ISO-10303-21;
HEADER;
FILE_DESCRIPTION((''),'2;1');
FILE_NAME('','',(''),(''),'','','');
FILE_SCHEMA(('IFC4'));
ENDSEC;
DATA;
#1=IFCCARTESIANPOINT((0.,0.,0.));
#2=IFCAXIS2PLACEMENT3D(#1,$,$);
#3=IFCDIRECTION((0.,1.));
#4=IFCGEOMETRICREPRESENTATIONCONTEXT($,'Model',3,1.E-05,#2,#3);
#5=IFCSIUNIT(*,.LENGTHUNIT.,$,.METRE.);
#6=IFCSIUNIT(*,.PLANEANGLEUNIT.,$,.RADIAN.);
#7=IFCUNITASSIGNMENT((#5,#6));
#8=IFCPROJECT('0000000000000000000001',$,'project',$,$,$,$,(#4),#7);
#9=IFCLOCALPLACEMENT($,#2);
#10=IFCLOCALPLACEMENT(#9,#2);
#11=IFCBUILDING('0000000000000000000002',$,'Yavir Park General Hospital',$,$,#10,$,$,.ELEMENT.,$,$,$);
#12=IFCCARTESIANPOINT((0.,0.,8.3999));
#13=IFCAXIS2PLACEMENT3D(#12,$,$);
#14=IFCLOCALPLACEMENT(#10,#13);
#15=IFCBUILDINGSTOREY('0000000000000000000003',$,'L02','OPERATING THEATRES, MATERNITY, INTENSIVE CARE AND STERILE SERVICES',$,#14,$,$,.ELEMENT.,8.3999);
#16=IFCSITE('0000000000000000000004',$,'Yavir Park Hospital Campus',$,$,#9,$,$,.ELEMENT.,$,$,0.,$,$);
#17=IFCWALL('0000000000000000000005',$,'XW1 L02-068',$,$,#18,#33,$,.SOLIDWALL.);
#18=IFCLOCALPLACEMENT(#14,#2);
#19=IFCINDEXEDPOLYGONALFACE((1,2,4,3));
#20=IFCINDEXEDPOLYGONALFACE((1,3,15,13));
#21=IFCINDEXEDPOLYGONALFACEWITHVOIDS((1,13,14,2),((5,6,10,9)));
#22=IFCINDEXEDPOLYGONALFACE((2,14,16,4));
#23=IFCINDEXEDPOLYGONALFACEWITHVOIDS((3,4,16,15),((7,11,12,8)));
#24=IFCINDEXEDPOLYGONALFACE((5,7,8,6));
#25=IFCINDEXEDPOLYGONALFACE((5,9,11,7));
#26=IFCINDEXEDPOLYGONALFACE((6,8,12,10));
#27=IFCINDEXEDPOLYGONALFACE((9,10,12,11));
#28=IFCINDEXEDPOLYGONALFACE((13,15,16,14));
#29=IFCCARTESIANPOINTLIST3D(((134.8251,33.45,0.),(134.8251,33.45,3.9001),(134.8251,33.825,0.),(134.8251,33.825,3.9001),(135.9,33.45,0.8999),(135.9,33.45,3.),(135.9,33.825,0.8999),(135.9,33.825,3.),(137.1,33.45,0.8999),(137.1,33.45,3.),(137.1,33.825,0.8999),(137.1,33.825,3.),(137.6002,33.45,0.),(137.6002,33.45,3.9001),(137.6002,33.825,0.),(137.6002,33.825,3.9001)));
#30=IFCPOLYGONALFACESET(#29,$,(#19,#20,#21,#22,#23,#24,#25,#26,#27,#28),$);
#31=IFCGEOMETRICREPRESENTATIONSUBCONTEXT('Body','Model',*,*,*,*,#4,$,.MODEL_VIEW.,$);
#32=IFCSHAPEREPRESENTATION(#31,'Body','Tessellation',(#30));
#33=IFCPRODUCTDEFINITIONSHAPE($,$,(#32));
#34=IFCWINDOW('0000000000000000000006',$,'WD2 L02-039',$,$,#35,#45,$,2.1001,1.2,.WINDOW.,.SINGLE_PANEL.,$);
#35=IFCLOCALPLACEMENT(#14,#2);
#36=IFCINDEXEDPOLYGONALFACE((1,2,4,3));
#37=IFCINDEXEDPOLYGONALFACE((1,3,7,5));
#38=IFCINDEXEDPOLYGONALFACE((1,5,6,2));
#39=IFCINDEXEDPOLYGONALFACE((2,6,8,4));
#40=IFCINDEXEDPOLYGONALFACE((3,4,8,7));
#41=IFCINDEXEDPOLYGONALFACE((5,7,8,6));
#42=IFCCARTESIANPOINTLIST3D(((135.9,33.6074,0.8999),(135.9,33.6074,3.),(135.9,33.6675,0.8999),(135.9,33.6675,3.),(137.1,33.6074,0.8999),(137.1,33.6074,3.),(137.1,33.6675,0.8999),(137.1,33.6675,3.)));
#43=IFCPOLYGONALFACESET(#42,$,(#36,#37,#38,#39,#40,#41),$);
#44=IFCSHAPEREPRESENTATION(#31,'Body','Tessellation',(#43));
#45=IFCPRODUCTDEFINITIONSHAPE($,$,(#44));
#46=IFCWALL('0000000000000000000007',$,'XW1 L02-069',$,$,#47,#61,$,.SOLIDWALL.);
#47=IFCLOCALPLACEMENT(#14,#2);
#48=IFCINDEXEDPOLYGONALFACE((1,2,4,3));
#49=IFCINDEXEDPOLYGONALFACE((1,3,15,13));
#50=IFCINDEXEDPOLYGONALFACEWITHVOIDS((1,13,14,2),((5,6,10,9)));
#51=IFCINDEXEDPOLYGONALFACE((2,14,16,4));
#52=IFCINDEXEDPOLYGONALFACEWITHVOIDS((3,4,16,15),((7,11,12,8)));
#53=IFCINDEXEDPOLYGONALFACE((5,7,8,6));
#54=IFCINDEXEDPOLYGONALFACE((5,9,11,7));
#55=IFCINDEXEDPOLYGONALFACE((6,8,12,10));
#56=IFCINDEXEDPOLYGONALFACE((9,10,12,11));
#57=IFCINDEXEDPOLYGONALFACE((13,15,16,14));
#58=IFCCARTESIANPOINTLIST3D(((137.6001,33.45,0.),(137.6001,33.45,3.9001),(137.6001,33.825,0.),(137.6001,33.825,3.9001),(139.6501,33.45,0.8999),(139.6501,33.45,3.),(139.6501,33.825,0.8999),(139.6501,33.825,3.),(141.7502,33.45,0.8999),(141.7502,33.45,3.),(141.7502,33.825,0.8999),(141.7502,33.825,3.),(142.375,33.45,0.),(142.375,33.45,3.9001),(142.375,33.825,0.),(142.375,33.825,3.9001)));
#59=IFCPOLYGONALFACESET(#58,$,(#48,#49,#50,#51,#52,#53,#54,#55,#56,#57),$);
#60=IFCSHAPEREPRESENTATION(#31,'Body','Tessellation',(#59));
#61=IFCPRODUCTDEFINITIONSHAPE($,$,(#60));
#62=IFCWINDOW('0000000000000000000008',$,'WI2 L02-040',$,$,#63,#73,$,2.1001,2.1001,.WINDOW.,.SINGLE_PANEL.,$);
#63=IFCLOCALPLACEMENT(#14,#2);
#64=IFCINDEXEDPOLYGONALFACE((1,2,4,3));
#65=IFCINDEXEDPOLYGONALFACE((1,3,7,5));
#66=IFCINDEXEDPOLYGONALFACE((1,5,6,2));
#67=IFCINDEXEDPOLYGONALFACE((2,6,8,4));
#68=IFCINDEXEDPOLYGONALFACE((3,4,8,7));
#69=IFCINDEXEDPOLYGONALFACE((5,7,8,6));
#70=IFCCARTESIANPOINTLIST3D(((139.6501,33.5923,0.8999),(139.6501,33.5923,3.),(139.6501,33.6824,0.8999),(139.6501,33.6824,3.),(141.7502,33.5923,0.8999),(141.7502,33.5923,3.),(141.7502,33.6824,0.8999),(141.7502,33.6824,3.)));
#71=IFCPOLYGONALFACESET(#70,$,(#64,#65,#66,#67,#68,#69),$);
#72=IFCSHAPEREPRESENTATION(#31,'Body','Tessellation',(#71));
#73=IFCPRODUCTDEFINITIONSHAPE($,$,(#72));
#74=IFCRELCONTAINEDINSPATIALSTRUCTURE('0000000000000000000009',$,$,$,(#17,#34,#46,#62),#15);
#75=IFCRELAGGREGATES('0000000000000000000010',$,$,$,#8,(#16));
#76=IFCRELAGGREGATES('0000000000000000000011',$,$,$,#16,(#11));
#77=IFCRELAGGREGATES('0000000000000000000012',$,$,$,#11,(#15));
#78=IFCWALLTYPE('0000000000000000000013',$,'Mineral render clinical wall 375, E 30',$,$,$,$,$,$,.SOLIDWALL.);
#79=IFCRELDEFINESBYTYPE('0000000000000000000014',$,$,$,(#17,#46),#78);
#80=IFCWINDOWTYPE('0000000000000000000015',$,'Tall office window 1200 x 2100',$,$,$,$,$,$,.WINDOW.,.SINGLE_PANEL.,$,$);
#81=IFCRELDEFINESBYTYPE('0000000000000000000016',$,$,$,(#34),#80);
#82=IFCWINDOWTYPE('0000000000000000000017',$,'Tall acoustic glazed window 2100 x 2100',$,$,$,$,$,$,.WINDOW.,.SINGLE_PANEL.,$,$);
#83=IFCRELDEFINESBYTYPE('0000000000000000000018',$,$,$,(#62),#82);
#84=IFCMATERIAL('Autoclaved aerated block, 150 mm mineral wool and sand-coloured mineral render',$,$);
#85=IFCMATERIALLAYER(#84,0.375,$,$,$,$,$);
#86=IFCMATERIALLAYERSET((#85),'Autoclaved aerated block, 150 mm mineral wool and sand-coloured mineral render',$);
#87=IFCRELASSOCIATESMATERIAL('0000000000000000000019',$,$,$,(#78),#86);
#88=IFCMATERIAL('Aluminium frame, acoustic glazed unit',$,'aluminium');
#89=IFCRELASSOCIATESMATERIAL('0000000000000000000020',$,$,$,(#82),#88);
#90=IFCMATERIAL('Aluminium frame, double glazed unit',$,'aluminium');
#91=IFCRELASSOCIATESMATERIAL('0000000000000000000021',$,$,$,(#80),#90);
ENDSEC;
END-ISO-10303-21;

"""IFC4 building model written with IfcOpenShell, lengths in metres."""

from ifc_helpers import new_model, si_unit, direction, frame, frame_2d, origin, place, context, subcontext, project, spatial, rectangle, extrude, material, layer, layer_set, type_object, element, fill, save


model = new_model("IFC4")

# Units and contexts
model_context = context("Model", 3, precision=1e-05, world=origin(), true_north=direction((0.0, 1.0)))
body_context = subcontext(model_context, "Body", "Model", "MODEL_VIEW")
ifc_project = project(units=[si_unit("LENGTHUNIT", "METRE"), si_unit("PLANEANGLEUNIT", "RADIAN")], contexts=[model_context])

# Site, building, storey
site_placement = place(None, origin())
site = spatial("IfcSite", under=ifc_project, at=site_placement, Name="Yavir Park Hospital Campus", CompositionType="ELEMENT", RefElevation=0.0)
building_placement = place(site_placement, origin())
building = spatial("IfcBuilding", under=site, at=building_placement, Name="Yavir Park General Hospital", CompositionType="ELEMENT")
storey_placement = place(building_placement, frame((0.0, 0.0, 8.3999)))
storey = spatial("IfcBuildingStorey", under=building, at=storey_placement, Name="L02", Description="OPERATING THEATRES, MATERNITY, INTENSIVE CARE AND STERILE SERVICES", CompositionType="ELEMENT", Elevation=8.3999)

# Shared definitions
ifc_material_1 = material(Name="Autoclaved aerated block, 150 mm mineral wool and sand-coloured mineral render")
ifc_layer_1 = layer(ifc_material_1, 0.375)
ifc_layer_set_1 = layer_set([ifc_layer_1], Name="Autoclaved aerated block, 150 mm mineral wool and sand-coloured mineral render")
wall_type_1 = type_object("IfcWallType", Name="Mineral render clinical wall 375, E 30", PredefinedType="SOLIDWALL", material=ifc_layer_set_1)

# Shared definitions
ifc_material_2 = material(Name="Aluminium frame, acoustic glazed unit", Category="aluminium")
window_type_1 = type_object("IfcWindowType", Name="Tall acoustic glazed window 2100 x 2100", PartitioningType="SINGLE_PANEL", PredefinedType="WINDOW", material=ifc_material_2)

# Walls, openings, windows
wall_1_placement = place(storey_placement, frame((134.825, 33.6375, 0.0), z_axis=(0.0, 0.0, 1.0), x_axis=(1.0, 0.0, 0.0)))
wall_1 = element("IfcWall", 1, at=wall_1_placement, inside=storey, type_object=wall_type_1, Name="XW1 L02-068", PredefinedType="SOLIDWALL", context=body_context, shape_type="SweptSolid", body=[
    extrude(rectangle(XDim=2.7751, YDim=0.375, at=frame_2d((1.3877, 0.0))), origin(), (0.0, 0.0, 1.0), 3.9001),
])
opening_1_placement = place(wall_1_placement, frame((1.075, 0.0, 0.8999)))
opening_1 = element("IfcOpeningElement", 2, at=opening_1_placement, cuts=wall_1, PredefinedType="OPENING", context=body_context, shape_type="SweptSolid", body=[
    extrude(rectangle(XDim=1.2, YDim=2.1001, at=frame_2d((0.6001, 1.05))), frame((0.0, 0.1975, 0.0), z_axis=(0.0, -1.0, 0.0), x_axis=(1.0, 0.0, 0.0)), (0.0, 0.0, 1.0), 0.395),
])
ifc_material_3 = material(Name="Aluminium frame, double glazed unit", Category="aluminium")
window_type_2 = type_object("IfcWindowType", Name="Tall office window 1200 x 2100", PartitioningType="SINGLE_PANEL", PredefinedType="WINDOW", material=ifc_material_3)
window_1_placement = place(opening_1_placement, origin())
window_1 = element("IfcWindow", 3, at=window_1_placement, inside=storey, type_object=window_type_2, Name="WD2 L02-039", OverallHeight=2.1001, OverallWidth=1.2, PartitioningType="SINGLE_PANEL", PredefinedType="WINDOW", context=body_context, shape_type="SweptSolid", body=[
    extrude(rectangle(XDim=1.2, YDim=2.1001, at=frame_2d((0.6001, 1.05))), frame((0.0, 0.03, 0.0), z_axis=(0.0, -1.0, 0.0), x_axis=(1.0, 0.0, 0.0)), (0.0, 0.0, 1.0), 0.0601),
])
fill(opening_1, window_1)
wall_2_placement = place(storey_placement, frame((137.6001, 33.6375, 0.0), z_axis=(0.0, 0.0, 1.0), x_axis=(1.0, 0.0, 0.0)))
wall_2 = element("IfcWall", 4, at=wall_2_placement, inside=storey, type_object=wall_type_1, Name="XW1 L02-069", PredefinedType="SOLIDWALL", context=body_context, shape_type="SweptSolid", body=[
    extrude(rectangle(XDim=4.7749, YDim=0.375, at=frame_2d((2.3875, 0.0))), origin(), (0.0, 0.0, 1.0), 3.9001),
])
opening_2_placement = place(wall_2_placement, frame((2.05, 0.0, 0.8999)))
opening_2 = element("IfcOpeningElement", 5, at=opening_2_placement, cuts=wall_2, PredefinedType="OPENING", context=body_context, shape_type="SweptSolid", body=[
    extrude(rectangle(XDim=2.1001, YDim=2.1001, at=frame_2d((1.05, 1.05))), frame((0.0, 0.1975, 0.0), z_axis=(0.0, -1.0, 0.0), x_axis=(1.0, 0.0, 0.0)), (0.0, 0.0, 1.0), 0.395),
])
window_2_placement = place(opening_2_placement, origin())
window_2 = element("IfcWindow", 6, at=window_2_placement, inside=storey, type_object=window_type_1, Name="WI2 L02-040", OverallHeight=2.1001, OverallWidth=2.1001, PartitioningType="SINGLE_PANEL", PredefinedType="WINDOW", context=body_context, shape_type="SweptSolid", body=[
    extrude(rectangle(XDim=2.1001, YDim=2.1001, at=frame_2d((1.05, 1.05))), frame((0.0, 0.0449, 0.0), z_axis=(0.0, -1.0, 0.0), x_axis=(1.0, 0.0, 0.0)), (0.0, 0.0, 1.0), 0.0901),
])
fill(opening_2, window_2)

save(model, "model.ifc")
